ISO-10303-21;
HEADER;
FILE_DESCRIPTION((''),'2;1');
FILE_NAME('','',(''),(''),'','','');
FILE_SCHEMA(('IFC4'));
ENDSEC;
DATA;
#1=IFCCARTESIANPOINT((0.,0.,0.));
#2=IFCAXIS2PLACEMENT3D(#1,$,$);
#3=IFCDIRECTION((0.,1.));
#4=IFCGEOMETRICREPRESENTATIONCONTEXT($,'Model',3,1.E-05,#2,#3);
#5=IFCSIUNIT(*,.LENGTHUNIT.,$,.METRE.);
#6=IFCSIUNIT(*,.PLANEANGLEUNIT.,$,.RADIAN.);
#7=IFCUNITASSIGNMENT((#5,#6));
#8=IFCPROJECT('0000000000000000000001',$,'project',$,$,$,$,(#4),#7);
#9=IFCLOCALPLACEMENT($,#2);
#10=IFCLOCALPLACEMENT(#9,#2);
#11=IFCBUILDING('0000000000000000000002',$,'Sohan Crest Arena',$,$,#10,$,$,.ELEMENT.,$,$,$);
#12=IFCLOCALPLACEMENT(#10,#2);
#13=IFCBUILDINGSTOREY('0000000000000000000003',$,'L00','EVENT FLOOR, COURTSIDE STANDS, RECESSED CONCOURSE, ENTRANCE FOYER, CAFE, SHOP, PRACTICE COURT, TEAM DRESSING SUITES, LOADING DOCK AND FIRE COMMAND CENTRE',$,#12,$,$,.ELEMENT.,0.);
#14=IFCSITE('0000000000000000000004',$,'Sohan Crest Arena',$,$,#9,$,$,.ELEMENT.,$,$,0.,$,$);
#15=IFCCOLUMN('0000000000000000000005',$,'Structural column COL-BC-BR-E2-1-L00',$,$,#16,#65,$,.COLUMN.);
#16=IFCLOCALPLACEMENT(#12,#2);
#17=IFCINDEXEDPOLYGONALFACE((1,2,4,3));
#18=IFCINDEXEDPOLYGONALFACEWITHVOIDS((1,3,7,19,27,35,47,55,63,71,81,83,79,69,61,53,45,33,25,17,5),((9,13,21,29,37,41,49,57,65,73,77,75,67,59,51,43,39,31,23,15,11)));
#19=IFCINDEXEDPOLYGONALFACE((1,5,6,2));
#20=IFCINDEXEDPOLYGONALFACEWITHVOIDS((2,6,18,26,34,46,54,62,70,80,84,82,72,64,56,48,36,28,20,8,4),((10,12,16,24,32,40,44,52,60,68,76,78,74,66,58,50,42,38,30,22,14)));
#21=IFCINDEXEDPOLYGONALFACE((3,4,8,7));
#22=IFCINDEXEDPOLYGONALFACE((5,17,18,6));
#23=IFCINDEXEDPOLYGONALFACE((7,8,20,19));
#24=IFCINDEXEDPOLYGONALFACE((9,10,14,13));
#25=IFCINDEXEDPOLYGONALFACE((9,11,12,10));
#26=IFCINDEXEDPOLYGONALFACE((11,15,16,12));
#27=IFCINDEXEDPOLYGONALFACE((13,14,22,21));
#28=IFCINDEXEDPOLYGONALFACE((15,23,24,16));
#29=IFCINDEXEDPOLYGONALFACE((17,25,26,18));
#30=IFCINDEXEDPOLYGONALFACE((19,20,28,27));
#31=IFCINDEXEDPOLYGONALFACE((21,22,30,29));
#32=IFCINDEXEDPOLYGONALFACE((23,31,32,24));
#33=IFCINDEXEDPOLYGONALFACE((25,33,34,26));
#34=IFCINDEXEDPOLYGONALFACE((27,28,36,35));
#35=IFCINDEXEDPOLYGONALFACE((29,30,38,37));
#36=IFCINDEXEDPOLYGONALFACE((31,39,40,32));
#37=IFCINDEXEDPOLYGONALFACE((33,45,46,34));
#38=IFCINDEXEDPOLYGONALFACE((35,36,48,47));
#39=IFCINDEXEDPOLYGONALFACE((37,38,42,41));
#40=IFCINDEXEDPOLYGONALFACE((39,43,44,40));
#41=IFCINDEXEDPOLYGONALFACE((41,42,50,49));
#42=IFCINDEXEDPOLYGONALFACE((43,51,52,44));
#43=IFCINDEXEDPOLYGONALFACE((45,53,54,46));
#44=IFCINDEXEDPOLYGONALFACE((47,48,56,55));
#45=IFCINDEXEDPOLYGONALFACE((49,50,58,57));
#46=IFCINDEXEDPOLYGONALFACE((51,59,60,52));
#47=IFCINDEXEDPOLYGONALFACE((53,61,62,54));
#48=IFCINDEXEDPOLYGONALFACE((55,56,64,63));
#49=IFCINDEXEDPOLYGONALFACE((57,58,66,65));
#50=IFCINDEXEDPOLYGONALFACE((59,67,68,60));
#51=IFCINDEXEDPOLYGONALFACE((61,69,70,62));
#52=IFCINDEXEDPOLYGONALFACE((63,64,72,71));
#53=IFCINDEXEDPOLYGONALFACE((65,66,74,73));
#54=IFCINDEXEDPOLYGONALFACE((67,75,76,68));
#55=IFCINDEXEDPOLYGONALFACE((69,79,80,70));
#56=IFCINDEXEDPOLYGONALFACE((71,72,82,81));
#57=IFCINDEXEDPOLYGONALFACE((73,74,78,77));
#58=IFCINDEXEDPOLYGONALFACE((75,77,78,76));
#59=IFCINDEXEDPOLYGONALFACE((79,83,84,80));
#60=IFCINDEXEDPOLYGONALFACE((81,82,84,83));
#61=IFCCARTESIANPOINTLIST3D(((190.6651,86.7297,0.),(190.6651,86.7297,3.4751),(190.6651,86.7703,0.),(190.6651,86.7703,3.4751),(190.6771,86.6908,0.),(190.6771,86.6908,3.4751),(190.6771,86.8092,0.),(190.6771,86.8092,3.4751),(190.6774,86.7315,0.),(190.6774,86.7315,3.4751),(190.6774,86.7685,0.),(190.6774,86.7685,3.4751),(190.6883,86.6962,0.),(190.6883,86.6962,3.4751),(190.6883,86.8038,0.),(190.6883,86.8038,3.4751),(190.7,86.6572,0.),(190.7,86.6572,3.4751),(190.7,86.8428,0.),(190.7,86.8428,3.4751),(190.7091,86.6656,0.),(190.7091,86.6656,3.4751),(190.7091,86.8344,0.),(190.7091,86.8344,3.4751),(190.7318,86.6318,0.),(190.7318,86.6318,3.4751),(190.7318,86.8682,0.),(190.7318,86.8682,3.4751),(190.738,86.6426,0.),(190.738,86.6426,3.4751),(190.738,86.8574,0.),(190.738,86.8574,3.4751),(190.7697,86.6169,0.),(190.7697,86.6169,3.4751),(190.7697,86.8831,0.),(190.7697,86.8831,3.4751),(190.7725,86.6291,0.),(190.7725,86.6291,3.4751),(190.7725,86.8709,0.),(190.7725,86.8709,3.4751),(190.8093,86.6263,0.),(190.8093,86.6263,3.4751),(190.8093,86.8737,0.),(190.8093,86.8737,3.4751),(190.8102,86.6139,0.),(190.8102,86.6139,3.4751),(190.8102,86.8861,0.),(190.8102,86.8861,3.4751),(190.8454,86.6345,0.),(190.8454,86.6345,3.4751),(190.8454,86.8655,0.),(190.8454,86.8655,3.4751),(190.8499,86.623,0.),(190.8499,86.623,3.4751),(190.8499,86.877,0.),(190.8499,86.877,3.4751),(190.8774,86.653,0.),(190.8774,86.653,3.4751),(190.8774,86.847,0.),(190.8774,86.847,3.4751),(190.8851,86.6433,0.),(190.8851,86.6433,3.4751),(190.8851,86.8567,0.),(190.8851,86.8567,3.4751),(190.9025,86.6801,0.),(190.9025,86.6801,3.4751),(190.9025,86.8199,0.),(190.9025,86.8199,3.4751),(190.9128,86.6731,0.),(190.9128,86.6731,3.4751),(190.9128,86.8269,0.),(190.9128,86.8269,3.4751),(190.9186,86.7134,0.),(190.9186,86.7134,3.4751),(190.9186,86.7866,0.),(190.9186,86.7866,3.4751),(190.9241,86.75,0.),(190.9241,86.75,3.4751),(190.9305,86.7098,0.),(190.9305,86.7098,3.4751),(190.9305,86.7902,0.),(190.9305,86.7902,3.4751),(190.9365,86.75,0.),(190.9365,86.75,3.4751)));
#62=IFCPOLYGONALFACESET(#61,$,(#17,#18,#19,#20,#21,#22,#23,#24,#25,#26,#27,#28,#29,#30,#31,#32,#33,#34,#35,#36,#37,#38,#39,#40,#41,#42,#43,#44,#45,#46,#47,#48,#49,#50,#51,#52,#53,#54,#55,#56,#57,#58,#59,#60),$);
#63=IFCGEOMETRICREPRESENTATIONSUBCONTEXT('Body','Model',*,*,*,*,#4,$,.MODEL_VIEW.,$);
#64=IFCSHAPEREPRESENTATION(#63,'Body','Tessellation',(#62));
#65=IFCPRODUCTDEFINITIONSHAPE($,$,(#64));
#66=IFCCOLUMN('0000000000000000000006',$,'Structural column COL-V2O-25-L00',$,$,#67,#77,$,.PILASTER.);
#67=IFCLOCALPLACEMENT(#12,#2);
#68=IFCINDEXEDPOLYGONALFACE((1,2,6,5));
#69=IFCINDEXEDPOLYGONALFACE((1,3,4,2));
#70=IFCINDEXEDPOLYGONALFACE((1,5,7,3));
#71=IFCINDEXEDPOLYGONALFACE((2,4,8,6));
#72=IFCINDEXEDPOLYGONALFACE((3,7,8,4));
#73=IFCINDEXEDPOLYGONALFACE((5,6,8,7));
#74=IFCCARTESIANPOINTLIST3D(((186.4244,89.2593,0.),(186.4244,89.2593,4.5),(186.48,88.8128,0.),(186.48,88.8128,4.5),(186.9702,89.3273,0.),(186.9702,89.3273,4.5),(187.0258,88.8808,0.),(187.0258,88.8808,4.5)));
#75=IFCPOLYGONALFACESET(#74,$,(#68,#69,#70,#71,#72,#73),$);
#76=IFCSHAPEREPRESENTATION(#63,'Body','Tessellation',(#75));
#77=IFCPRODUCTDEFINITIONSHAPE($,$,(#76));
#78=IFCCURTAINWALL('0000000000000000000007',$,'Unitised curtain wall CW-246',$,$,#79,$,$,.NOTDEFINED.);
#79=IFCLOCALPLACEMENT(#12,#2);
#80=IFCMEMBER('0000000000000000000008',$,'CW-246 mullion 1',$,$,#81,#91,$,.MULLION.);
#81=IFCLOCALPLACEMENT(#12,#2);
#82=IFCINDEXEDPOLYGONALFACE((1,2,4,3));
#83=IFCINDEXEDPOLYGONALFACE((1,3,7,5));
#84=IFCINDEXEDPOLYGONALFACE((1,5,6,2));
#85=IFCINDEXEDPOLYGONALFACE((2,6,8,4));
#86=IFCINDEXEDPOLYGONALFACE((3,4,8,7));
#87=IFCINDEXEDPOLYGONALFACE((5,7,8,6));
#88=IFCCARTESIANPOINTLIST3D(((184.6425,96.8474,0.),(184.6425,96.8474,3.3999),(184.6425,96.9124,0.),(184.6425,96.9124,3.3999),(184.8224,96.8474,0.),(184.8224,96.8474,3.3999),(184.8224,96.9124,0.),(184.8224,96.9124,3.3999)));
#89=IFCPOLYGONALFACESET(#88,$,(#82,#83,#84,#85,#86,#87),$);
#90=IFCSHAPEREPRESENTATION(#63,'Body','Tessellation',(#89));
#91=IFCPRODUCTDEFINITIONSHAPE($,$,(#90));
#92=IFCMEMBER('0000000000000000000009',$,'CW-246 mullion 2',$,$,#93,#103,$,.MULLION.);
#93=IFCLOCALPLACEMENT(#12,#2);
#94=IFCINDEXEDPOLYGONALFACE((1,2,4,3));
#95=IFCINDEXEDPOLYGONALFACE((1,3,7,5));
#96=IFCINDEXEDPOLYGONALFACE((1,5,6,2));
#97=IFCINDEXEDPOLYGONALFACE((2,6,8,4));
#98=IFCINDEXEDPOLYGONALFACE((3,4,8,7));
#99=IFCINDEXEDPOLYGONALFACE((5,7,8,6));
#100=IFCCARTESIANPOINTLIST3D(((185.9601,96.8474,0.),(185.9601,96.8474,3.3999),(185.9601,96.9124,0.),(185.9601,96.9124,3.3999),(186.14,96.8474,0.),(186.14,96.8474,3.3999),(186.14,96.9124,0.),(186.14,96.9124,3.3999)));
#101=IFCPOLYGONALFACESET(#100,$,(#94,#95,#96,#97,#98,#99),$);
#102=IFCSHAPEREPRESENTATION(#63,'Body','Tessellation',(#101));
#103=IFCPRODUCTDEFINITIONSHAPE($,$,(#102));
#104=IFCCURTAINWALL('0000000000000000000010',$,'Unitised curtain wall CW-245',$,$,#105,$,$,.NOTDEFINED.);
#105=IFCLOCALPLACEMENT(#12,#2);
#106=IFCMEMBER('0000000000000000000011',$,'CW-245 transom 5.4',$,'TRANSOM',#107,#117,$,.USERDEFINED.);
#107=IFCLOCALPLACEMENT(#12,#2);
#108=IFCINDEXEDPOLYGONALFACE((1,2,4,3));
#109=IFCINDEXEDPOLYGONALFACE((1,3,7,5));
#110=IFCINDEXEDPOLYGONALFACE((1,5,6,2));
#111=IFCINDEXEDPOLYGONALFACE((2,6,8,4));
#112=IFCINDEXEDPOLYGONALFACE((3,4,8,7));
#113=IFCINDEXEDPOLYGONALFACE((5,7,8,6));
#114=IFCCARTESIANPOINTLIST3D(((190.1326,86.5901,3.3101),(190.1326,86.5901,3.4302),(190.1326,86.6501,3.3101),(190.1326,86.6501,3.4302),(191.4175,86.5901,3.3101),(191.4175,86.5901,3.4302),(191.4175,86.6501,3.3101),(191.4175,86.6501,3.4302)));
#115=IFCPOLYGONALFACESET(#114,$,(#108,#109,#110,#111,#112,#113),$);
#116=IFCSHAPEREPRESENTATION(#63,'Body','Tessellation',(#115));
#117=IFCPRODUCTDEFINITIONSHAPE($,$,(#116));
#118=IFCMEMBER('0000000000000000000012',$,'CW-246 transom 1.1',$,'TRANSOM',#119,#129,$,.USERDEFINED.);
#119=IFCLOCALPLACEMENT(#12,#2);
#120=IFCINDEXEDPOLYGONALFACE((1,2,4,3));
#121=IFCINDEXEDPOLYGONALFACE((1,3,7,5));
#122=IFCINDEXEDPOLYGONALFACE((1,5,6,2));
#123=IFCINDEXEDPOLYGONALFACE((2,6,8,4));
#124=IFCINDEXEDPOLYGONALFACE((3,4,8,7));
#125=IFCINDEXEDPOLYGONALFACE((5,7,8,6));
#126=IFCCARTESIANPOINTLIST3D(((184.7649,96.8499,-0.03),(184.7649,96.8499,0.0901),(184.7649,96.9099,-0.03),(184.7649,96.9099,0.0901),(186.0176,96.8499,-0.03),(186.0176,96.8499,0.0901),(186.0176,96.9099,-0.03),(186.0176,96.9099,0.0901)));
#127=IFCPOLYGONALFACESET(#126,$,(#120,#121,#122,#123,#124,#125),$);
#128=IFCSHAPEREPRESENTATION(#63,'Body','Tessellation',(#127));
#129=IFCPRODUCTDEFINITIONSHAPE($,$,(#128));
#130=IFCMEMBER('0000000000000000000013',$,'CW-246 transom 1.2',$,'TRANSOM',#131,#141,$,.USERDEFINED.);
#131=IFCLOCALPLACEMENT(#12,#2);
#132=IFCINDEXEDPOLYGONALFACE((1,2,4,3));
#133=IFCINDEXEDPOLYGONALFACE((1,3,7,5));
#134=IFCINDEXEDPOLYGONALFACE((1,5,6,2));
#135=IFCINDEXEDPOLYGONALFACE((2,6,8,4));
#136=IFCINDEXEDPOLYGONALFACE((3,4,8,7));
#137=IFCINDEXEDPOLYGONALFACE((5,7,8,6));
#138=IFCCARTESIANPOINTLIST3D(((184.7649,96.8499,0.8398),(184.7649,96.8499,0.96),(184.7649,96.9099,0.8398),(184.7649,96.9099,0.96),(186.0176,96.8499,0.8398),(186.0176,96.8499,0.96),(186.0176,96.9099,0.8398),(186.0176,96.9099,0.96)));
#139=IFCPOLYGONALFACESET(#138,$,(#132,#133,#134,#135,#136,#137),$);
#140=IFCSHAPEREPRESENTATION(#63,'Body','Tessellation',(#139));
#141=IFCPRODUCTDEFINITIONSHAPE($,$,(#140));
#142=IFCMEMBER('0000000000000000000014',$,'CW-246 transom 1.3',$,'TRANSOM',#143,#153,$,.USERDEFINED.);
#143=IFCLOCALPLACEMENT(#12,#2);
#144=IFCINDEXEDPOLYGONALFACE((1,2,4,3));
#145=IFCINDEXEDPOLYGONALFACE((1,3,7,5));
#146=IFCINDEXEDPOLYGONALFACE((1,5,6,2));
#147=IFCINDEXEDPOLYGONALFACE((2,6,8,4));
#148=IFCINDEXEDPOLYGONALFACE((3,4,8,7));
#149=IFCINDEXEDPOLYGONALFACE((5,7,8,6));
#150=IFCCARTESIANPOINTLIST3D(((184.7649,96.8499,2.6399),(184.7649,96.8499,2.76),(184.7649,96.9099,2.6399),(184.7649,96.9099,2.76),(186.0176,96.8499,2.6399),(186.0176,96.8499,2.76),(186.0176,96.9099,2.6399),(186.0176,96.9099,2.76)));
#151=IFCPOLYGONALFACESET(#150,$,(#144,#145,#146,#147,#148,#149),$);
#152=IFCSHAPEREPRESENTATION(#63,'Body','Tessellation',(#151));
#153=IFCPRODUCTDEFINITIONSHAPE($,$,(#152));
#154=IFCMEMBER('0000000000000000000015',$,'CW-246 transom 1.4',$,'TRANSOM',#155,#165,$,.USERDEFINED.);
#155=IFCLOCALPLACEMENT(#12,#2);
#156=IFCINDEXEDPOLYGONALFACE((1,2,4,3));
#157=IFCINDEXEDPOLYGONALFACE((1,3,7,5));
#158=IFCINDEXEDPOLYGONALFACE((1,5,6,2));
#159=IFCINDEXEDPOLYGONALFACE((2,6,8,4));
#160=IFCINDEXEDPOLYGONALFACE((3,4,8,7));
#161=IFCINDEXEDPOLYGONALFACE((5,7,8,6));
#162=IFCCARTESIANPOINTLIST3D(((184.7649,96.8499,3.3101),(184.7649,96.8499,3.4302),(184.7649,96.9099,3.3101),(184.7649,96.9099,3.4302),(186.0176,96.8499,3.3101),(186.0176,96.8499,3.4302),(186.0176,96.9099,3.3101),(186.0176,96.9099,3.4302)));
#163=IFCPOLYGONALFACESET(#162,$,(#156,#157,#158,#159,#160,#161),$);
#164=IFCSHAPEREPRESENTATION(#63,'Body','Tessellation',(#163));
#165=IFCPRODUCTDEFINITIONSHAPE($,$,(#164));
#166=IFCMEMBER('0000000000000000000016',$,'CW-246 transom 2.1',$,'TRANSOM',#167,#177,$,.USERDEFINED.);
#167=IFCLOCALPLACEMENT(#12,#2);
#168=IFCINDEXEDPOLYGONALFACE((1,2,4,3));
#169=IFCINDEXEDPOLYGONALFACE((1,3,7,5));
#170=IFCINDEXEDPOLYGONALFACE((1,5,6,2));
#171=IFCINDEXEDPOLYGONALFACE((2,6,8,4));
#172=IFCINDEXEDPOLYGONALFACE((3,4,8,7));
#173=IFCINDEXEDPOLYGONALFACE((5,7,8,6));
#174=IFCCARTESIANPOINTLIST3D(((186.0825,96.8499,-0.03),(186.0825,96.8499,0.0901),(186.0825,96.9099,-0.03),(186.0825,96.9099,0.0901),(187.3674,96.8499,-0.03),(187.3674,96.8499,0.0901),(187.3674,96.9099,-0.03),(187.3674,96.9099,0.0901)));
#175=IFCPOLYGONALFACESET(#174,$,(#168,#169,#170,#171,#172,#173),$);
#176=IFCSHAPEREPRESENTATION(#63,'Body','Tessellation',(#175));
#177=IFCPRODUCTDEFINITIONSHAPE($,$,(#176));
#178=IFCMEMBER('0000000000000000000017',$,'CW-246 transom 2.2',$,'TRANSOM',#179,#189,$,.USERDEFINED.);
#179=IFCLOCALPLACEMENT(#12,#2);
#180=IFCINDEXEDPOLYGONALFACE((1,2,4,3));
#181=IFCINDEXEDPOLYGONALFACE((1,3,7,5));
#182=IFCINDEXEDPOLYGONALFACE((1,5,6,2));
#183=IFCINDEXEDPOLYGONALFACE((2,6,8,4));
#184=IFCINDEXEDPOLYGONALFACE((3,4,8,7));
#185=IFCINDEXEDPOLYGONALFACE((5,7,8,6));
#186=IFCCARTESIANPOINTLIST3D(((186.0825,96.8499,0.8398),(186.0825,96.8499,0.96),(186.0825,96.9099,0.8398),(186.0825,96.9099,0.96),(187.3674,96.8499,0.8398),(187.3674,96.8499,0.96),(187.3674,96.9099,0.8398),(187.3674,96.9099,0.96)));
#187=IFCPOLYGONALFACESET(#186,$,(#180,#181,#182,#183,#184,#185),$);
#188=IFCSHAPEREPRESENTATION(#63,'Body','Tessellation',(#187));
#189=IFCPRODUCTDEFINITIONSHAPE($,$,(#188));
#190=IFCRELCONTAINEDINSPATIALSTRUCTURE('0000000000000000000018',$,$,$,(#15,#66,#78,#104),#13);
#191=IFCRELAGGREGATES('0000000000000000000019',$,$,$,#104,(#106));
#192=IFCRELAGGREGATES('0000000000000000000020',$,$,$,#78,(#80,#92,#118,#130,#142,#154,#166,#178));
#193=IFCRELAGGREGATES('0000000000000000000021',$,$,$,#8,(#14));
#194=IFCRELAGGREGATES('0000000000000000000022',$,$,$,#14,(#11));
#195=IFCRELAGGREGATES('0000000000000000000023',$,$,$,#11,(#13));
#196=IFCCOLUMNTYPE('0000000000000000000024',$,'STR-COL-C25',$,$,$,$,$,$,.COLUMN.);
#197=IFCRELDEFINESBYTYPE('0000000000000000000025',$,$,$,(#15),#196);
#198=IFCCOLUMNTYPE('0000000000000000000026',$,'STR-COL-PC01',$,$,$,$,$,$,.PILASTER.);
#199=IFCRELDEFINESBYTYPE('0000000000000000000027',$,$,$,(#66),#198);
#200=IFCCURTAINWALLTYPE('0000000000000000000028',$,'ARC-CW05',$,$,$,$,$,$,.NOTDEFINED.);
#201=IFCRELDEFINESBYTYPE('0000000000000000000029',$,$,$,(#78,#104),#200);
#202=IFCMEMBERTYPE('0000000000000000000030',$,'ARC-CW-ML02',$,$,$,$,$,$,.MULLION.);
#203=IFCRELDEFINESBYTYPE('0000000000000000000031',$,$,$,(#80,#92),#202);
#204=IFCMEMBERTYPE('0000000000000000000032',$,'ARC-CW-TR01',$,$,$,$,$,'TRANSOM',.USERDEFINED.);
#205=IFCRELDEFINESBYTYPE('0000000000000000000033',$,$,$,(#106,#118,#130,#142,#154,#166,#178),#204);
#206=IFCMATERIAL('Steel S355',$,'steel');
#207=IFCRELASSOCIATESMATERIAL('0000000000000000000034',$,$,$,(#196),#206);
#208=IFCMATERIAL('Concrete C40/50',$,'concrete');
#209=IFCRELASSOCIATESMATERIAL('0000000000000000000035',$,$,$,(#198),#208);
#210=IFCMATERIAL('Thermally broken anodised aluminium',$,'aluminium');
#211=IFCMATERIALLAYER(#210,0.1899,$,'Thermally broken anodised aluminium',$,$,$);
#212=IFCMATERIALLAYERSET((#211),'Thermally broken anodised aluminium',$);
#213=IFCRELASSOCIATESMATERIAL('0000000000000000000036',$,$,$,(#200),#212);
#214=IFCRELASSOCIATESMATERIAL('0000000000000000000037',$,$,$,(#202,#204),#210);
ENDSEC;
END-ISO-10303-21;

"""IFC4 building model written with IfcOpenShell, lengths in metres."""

from ifc_helpers import new_model, si_unit, direction, frame, origin, origin_2d, place, context, subcontext, project, spatial, rectangle, hollow_circle, extrude, material, layer, layer_set, material_profile, profile_set, type_object, element, aggregate, save


model = new_model("IFC4")

# Units and contexts
model_context = context("Model", 3, precision=1e-05, world=origin(), true_north=direction((0.0, 1.0)))
body_context = subcontext(model_context, "Body", "Model", "MODEL_VIEW")
ifc_project = project(units=[si_unit("LENGTHUNIT", "METRE"), si_unit("PLANEANGLEUNIT", "RADIAN")], contexts=[model_context])

# Site, building, storey
site_placement = place(None, origin())
site = spatial("IfcSite", under=ifc_project, at=site_placement, Name="Sohan Crest Arena", CompositionType="ELEMENT", RefElevation=0.0)
building_placement = place(site_placement, origin())
building = spatial("IfcBuilding", under=site, at=building_placement, Name="Sohan Crest Arena", CompositionType="ELEMENT")
storey_placement = place(building_placement, origin())
storey = spatial("IfcBuildingStorey", under=building, at=storey_placement, Name="L00", Description="EVENT FLOOR, COURTSIDE STANDS, RECESSED CONCOURSE, ENTRANCE FOYER, CAFE, SHOP, PRACTICE COURT, TEAM DRESSING SUITES, LOADING DOCK AND FIRE COMMAND CENTRE", CompositionType="ELEMENT", Elevation=0.0)

# Columns
ifc_material_1 = material(Name="Steel S355", Category="steel")
ifc_material_profile_1 = material_profile(ifc_material_1, hollow_circle(Radius=0.1365, WallThickness=0.0125, at=origin_2d()), Name="CHS 273x12.5")
ifc_profile_set_1 = profile_set([ifc_material_profile_1], Name="Steel S355")
column_type_1 = type_object("IfcColumnType", Name="STR-COL-C25", PredefinedType="COLUMN", material=ifc_profile_set_1)
column_1_placement = place(storey_placement, frame((190.8, 86.75, 0.0), z_axis=(0.0, 0.0, 1.0), x_axis=(1.0, 0.0, 0.0)))
element("IfcColumn", 1, at=column_1_placement, inside=storey, type_object=column_type_1, Name="Structural column COL-BC-BR-E2-1-L00", PredefinedType="COLUMN", context=body_context, shape_type="SweptSolid", body=[
    extrude(hollow_circle(Radius=0.1365, WallThickness=0.0125, at=origin_2d()), origin(), (0.0, 0.0, 1.0), 3.4751),
])
ifc_material_2 = material(Name="Concrete C40/50", Category="concrete")
ifc_material_profile_2 = material_profile(ifc_material_2, rectangle(XDim=0.55, YDim=0.45, at=origin_2d()), Name="RC 550x450")
ifc_profile_set_2 = profile_set([ifc_material_profile_2], Name="Concrete C40/50")
column_type_2 = type_object("IfcColumnType", Name="STR-COL-PC01", PredefinedType="PILASTER", material=ifc_profile_set_2)
column_2_placement = place(storey_placement, frame((186.7251, 89.0701, 0.0), z_axis=(0.0, 0.0, 1.0), x_axis=(0.992332, 0.123601, 0.0)))
element("IfcColumn", 2, at=column_2_placement, inside=storey, type_object=column_type_2, Name="Structural column COL-V2O-25-L00", PredefinedType="PILASTER", context=body_context, shape_type="SweptSolid", body=[
    extrude(rectangle(XDim=0.55, YDim=0.45, at=origin_2d()), origin(), (0.0, 0.0, 1.0), 4.5),
])

# Curtain wall, members
ifc_material_3 = material(Name="Thermally broken anodised aluminium", Category="aluminium")
ifc_layer_1 = layer(ifc_material_3, 0.1899, Name="Thermally broken anodised aluminium")
ifc_layer_set_1 = layer_set([ifc_layer_1], Name="Thermally broken anodised aluminium")
curtain_wall_type = type_object("IfcCurtainWallType", Name="ARC-CW05", PredefinedType="NOTDEFINED", material=ifc_layer_set_1)
curtain_wall_1_placement = place(storey_placement, origin())
curtain_wall_1 = element("IfcCurtainWall", 3, at=curtain_wall_1_placement, inside=storey, type_object=curtain_wall_type, Name="Unitised curtain wall CW-246", PredefinedType="NOTDEFINED")
ifc_material_profile_3 = material_profile(ifc_material_3, rectangle(XDim=0.0649, YDim=0.1799, at=origin_2d()), Name="ALU-MULL 65x180")
ifc_profile_set_3 = profile_set([ifc_material_profile_3], Name="Thermally broken anodised aluminium")
member_type_1 = type_object("IfcMemberType", Name="ARC-CW-ML02", PredefinedType="MULLION", material=ifc_profile_set_3)
member_1_placement = place(storey_placement, frame((184.7324, 96.8799, 0.0), z_axis=(0.0, 0.0, 1.0), x_axis=(0.0, 1.0, 0.0)))
member_1 = element("IfcMember", 4, at=member_1_placement, type_object=member_type_1, Name="CW-246 mullion 1", PredefinedType="MULLION", context=body_context, shape_type="SweptSolid", body=[
    extrude(rectangle(XDim=0.0649, YDim=0.1799, at=origin_2d()), origin(), (0.0, 0.0, 1.0), 3.3999),
])
member_2_placement = place(storey_placement, frame((186.05, 96.8799, 0.0), z_axis=(0.0, 0.0, 1.0), x_axis=(0.0, 1.0, 0.0)))
member_2 = element("IfcMember", 5, at=member_2_placement, type_object=member_type_1, Name="CW-246 mullion 2", PredefinedType="MULLION", context=body_context, shape_type="SweptSolid", body=[
    extrude(rectangle(XDim=0.0649, YDim=0.1799, at=origin_2d()), origin(), (0.0, 0.0, 1.0), 3.3999),
])

# Curtain wall, member
curtain_wall_2_placement = place(storey_placement, origin())
curtain_wall_2 = element("IfcCurtainWall", 6, at=curtain_wall_2_placement, inside=storey, type_object=curtain_wall_type, Name="Unitised curtain wall CW-245", PredefinedType="NOTDEFINED")
ifc_material_profile_4 = material_profile(ifc_material_3, rectangle(XDim=0.0601, YDim=0.1201, at=origin_2d()), Name="ALU-TRAN 60x120")
ifc_profile_set_4 = profile_set([ifc_material_profile_4], Name="Thermally broken anodised aluminium")
member_type_2 = type_object("IfcMemberType", Name="ARC-CW-TR01", ElementType="TRANSOM", PredefinedType="USERDEFINED", material=ifc_profile_set_4)
member_3_placement = place(storey_placement, frame((190.1326, 86.6201, 3.3701), z_axis=(1.0, 0.0, 0.0), x_axis=(0.0, 1.0, 0.0)))
member_3 = element("IfcMember", 7, at=member_3_placement, type_object=member_type_2, Name="CW-245 transom 5.4", ObjectType="TRANSOM", PredefinedType="USERDEFINED", context=body_context, shape_type="SweptSolid", body=[
    extrude(rectangle(XDim=0.0601, YDim=0.1201, at=origin_2d()), origin(), (0.0, 0.0, 1.0), 1.2849),
])

# Members
member_4_placement = place(storey_placement, frame((184.7649, 96.8799, 0.03), z_axis=(1.0, 0.0, 0.0), x_axis=(0.0, 1.0, 0.0)))
member_4 = element("IfcMember", 8, at=member_4_placement, type_object=member_type_2, Name="CW-246 transom 1.1", ObjectType="TRANSOM", PredefinedType="USERDEFINED", context=body_context, shape_type="SweptSolid", body=[
    extrude(rectangle(XDim=0.0601, YDim=0.1201, at=origin_2d()), origin(), (0.0, 0.0, 1.0), 1.2527),
])
member_5_placement = place(storey_placement, frame((184.7649, 96.8799, 0.8999), z_axis=(1.0, 0.0, 0.0), x_axis=(0.0, 1.0, 0.0)))
member_5 = element("IfcMember", 9, at=member_5_placement, type_object=member_type_2, Name="CW-246 transom 1.2", ObjectType="TRANSOM", PredefinedType="USERDEFINED", context=body_context, shape_type="SweptSolid", body=[
    extrude(rectangle(XDim=0.0601, YDim=0.1201, at=origin_2d()), origin(), (0.0, 0.0, 1.0), 1.2527),
])
member_6_placement = place(storey_placement, frame((184.7649, 96.8799, 2.7), z_axis=(1.0, 0.0, 0.0), x_axis=(0.0, 1.0, 0.0)))
member_6 = element("IfcMember", 10, at=member_6_placement, type_object=member_type_2, Name="CW-246 transom 1.3", ObjectType="TRANSOM", PredefinedType="USERDEFINED", context=body_context, shape_type="SweptSolid", body=[
    extrude(rectangle(XDim=0.0601, YDim=0.1201, at=origin_2d()), origin(), (0.0, 0.0, 1.0), 1.2527),
])
member_7_placement = place(storey_placement, frame((184.7649, 96.8799, 3.3701), z_axis=(1.0, 0.0, 0.0), x_axis=(0.0, 1.0, 0.0)))
member_7 = element("IfcMember", 11, at=member_7_placement, type_object=member_type_2, Name="CW-246 transom 1.4", ObjectType="TRANSOM", PredefinedType="USERDEFINED", context=body_context, shape_type="SweptSolid", body=[
    extrude(rectangle(XDim=0.0601, YDim=0.1201, at=origin_2d()), origin(), (0.0, 0.0, 1.0), 1.2527),
])
member_8_placement = place(storey_placement, frame((186.0825, 96.8799, 0.03), z_axis=(1.0, 0.0, 0.0), x_axis=(0.0, 1.0, 0.0)))
member_8 = element("IfcMember", 12, at=member_8_placement, type_object=member_type_2, Name="CW-246 transom 2.1", ObjectType="TRANSOM", PredefinedType="USERDEFINED", context=body_context, shape_type="SweptSolid", body=[
    extrude(rectangle(XDim=0.0601, YDim=0.1201, at=origin_2d()), origin(), (0.0, 0.0, 1.0), 1.2849),
])
member_9_placement = place(storey_placement, frame((186.0825, 96.8799, 0.8999), z_axis=(1.0, 0.0, 0.0), x_axis=(0.0, 1.0, 0.0)))
member_9 = element("IfcMember", 13, at=member_9_placement, type_object=member_type_2, Name="CW-246 transom 2.2", ObjectType="TRANSOM", PredefinedType="USERDEFINED", context=body_context, shape_type="SweptSolid", body=[
    extrude(rectangle(XDim=0.0601, YDim=0.1201, at=origin_2d()), origin(), (0.0, 0.0, 1.0), 1.2849),
])

aggregate(curtain_wall_2, [member_3])
aggregate(curtain_wall_1, [member_1, member_2, member_4, member_5, member_6, member_7, member_8, member_9])

save(model, "model.ifc")
